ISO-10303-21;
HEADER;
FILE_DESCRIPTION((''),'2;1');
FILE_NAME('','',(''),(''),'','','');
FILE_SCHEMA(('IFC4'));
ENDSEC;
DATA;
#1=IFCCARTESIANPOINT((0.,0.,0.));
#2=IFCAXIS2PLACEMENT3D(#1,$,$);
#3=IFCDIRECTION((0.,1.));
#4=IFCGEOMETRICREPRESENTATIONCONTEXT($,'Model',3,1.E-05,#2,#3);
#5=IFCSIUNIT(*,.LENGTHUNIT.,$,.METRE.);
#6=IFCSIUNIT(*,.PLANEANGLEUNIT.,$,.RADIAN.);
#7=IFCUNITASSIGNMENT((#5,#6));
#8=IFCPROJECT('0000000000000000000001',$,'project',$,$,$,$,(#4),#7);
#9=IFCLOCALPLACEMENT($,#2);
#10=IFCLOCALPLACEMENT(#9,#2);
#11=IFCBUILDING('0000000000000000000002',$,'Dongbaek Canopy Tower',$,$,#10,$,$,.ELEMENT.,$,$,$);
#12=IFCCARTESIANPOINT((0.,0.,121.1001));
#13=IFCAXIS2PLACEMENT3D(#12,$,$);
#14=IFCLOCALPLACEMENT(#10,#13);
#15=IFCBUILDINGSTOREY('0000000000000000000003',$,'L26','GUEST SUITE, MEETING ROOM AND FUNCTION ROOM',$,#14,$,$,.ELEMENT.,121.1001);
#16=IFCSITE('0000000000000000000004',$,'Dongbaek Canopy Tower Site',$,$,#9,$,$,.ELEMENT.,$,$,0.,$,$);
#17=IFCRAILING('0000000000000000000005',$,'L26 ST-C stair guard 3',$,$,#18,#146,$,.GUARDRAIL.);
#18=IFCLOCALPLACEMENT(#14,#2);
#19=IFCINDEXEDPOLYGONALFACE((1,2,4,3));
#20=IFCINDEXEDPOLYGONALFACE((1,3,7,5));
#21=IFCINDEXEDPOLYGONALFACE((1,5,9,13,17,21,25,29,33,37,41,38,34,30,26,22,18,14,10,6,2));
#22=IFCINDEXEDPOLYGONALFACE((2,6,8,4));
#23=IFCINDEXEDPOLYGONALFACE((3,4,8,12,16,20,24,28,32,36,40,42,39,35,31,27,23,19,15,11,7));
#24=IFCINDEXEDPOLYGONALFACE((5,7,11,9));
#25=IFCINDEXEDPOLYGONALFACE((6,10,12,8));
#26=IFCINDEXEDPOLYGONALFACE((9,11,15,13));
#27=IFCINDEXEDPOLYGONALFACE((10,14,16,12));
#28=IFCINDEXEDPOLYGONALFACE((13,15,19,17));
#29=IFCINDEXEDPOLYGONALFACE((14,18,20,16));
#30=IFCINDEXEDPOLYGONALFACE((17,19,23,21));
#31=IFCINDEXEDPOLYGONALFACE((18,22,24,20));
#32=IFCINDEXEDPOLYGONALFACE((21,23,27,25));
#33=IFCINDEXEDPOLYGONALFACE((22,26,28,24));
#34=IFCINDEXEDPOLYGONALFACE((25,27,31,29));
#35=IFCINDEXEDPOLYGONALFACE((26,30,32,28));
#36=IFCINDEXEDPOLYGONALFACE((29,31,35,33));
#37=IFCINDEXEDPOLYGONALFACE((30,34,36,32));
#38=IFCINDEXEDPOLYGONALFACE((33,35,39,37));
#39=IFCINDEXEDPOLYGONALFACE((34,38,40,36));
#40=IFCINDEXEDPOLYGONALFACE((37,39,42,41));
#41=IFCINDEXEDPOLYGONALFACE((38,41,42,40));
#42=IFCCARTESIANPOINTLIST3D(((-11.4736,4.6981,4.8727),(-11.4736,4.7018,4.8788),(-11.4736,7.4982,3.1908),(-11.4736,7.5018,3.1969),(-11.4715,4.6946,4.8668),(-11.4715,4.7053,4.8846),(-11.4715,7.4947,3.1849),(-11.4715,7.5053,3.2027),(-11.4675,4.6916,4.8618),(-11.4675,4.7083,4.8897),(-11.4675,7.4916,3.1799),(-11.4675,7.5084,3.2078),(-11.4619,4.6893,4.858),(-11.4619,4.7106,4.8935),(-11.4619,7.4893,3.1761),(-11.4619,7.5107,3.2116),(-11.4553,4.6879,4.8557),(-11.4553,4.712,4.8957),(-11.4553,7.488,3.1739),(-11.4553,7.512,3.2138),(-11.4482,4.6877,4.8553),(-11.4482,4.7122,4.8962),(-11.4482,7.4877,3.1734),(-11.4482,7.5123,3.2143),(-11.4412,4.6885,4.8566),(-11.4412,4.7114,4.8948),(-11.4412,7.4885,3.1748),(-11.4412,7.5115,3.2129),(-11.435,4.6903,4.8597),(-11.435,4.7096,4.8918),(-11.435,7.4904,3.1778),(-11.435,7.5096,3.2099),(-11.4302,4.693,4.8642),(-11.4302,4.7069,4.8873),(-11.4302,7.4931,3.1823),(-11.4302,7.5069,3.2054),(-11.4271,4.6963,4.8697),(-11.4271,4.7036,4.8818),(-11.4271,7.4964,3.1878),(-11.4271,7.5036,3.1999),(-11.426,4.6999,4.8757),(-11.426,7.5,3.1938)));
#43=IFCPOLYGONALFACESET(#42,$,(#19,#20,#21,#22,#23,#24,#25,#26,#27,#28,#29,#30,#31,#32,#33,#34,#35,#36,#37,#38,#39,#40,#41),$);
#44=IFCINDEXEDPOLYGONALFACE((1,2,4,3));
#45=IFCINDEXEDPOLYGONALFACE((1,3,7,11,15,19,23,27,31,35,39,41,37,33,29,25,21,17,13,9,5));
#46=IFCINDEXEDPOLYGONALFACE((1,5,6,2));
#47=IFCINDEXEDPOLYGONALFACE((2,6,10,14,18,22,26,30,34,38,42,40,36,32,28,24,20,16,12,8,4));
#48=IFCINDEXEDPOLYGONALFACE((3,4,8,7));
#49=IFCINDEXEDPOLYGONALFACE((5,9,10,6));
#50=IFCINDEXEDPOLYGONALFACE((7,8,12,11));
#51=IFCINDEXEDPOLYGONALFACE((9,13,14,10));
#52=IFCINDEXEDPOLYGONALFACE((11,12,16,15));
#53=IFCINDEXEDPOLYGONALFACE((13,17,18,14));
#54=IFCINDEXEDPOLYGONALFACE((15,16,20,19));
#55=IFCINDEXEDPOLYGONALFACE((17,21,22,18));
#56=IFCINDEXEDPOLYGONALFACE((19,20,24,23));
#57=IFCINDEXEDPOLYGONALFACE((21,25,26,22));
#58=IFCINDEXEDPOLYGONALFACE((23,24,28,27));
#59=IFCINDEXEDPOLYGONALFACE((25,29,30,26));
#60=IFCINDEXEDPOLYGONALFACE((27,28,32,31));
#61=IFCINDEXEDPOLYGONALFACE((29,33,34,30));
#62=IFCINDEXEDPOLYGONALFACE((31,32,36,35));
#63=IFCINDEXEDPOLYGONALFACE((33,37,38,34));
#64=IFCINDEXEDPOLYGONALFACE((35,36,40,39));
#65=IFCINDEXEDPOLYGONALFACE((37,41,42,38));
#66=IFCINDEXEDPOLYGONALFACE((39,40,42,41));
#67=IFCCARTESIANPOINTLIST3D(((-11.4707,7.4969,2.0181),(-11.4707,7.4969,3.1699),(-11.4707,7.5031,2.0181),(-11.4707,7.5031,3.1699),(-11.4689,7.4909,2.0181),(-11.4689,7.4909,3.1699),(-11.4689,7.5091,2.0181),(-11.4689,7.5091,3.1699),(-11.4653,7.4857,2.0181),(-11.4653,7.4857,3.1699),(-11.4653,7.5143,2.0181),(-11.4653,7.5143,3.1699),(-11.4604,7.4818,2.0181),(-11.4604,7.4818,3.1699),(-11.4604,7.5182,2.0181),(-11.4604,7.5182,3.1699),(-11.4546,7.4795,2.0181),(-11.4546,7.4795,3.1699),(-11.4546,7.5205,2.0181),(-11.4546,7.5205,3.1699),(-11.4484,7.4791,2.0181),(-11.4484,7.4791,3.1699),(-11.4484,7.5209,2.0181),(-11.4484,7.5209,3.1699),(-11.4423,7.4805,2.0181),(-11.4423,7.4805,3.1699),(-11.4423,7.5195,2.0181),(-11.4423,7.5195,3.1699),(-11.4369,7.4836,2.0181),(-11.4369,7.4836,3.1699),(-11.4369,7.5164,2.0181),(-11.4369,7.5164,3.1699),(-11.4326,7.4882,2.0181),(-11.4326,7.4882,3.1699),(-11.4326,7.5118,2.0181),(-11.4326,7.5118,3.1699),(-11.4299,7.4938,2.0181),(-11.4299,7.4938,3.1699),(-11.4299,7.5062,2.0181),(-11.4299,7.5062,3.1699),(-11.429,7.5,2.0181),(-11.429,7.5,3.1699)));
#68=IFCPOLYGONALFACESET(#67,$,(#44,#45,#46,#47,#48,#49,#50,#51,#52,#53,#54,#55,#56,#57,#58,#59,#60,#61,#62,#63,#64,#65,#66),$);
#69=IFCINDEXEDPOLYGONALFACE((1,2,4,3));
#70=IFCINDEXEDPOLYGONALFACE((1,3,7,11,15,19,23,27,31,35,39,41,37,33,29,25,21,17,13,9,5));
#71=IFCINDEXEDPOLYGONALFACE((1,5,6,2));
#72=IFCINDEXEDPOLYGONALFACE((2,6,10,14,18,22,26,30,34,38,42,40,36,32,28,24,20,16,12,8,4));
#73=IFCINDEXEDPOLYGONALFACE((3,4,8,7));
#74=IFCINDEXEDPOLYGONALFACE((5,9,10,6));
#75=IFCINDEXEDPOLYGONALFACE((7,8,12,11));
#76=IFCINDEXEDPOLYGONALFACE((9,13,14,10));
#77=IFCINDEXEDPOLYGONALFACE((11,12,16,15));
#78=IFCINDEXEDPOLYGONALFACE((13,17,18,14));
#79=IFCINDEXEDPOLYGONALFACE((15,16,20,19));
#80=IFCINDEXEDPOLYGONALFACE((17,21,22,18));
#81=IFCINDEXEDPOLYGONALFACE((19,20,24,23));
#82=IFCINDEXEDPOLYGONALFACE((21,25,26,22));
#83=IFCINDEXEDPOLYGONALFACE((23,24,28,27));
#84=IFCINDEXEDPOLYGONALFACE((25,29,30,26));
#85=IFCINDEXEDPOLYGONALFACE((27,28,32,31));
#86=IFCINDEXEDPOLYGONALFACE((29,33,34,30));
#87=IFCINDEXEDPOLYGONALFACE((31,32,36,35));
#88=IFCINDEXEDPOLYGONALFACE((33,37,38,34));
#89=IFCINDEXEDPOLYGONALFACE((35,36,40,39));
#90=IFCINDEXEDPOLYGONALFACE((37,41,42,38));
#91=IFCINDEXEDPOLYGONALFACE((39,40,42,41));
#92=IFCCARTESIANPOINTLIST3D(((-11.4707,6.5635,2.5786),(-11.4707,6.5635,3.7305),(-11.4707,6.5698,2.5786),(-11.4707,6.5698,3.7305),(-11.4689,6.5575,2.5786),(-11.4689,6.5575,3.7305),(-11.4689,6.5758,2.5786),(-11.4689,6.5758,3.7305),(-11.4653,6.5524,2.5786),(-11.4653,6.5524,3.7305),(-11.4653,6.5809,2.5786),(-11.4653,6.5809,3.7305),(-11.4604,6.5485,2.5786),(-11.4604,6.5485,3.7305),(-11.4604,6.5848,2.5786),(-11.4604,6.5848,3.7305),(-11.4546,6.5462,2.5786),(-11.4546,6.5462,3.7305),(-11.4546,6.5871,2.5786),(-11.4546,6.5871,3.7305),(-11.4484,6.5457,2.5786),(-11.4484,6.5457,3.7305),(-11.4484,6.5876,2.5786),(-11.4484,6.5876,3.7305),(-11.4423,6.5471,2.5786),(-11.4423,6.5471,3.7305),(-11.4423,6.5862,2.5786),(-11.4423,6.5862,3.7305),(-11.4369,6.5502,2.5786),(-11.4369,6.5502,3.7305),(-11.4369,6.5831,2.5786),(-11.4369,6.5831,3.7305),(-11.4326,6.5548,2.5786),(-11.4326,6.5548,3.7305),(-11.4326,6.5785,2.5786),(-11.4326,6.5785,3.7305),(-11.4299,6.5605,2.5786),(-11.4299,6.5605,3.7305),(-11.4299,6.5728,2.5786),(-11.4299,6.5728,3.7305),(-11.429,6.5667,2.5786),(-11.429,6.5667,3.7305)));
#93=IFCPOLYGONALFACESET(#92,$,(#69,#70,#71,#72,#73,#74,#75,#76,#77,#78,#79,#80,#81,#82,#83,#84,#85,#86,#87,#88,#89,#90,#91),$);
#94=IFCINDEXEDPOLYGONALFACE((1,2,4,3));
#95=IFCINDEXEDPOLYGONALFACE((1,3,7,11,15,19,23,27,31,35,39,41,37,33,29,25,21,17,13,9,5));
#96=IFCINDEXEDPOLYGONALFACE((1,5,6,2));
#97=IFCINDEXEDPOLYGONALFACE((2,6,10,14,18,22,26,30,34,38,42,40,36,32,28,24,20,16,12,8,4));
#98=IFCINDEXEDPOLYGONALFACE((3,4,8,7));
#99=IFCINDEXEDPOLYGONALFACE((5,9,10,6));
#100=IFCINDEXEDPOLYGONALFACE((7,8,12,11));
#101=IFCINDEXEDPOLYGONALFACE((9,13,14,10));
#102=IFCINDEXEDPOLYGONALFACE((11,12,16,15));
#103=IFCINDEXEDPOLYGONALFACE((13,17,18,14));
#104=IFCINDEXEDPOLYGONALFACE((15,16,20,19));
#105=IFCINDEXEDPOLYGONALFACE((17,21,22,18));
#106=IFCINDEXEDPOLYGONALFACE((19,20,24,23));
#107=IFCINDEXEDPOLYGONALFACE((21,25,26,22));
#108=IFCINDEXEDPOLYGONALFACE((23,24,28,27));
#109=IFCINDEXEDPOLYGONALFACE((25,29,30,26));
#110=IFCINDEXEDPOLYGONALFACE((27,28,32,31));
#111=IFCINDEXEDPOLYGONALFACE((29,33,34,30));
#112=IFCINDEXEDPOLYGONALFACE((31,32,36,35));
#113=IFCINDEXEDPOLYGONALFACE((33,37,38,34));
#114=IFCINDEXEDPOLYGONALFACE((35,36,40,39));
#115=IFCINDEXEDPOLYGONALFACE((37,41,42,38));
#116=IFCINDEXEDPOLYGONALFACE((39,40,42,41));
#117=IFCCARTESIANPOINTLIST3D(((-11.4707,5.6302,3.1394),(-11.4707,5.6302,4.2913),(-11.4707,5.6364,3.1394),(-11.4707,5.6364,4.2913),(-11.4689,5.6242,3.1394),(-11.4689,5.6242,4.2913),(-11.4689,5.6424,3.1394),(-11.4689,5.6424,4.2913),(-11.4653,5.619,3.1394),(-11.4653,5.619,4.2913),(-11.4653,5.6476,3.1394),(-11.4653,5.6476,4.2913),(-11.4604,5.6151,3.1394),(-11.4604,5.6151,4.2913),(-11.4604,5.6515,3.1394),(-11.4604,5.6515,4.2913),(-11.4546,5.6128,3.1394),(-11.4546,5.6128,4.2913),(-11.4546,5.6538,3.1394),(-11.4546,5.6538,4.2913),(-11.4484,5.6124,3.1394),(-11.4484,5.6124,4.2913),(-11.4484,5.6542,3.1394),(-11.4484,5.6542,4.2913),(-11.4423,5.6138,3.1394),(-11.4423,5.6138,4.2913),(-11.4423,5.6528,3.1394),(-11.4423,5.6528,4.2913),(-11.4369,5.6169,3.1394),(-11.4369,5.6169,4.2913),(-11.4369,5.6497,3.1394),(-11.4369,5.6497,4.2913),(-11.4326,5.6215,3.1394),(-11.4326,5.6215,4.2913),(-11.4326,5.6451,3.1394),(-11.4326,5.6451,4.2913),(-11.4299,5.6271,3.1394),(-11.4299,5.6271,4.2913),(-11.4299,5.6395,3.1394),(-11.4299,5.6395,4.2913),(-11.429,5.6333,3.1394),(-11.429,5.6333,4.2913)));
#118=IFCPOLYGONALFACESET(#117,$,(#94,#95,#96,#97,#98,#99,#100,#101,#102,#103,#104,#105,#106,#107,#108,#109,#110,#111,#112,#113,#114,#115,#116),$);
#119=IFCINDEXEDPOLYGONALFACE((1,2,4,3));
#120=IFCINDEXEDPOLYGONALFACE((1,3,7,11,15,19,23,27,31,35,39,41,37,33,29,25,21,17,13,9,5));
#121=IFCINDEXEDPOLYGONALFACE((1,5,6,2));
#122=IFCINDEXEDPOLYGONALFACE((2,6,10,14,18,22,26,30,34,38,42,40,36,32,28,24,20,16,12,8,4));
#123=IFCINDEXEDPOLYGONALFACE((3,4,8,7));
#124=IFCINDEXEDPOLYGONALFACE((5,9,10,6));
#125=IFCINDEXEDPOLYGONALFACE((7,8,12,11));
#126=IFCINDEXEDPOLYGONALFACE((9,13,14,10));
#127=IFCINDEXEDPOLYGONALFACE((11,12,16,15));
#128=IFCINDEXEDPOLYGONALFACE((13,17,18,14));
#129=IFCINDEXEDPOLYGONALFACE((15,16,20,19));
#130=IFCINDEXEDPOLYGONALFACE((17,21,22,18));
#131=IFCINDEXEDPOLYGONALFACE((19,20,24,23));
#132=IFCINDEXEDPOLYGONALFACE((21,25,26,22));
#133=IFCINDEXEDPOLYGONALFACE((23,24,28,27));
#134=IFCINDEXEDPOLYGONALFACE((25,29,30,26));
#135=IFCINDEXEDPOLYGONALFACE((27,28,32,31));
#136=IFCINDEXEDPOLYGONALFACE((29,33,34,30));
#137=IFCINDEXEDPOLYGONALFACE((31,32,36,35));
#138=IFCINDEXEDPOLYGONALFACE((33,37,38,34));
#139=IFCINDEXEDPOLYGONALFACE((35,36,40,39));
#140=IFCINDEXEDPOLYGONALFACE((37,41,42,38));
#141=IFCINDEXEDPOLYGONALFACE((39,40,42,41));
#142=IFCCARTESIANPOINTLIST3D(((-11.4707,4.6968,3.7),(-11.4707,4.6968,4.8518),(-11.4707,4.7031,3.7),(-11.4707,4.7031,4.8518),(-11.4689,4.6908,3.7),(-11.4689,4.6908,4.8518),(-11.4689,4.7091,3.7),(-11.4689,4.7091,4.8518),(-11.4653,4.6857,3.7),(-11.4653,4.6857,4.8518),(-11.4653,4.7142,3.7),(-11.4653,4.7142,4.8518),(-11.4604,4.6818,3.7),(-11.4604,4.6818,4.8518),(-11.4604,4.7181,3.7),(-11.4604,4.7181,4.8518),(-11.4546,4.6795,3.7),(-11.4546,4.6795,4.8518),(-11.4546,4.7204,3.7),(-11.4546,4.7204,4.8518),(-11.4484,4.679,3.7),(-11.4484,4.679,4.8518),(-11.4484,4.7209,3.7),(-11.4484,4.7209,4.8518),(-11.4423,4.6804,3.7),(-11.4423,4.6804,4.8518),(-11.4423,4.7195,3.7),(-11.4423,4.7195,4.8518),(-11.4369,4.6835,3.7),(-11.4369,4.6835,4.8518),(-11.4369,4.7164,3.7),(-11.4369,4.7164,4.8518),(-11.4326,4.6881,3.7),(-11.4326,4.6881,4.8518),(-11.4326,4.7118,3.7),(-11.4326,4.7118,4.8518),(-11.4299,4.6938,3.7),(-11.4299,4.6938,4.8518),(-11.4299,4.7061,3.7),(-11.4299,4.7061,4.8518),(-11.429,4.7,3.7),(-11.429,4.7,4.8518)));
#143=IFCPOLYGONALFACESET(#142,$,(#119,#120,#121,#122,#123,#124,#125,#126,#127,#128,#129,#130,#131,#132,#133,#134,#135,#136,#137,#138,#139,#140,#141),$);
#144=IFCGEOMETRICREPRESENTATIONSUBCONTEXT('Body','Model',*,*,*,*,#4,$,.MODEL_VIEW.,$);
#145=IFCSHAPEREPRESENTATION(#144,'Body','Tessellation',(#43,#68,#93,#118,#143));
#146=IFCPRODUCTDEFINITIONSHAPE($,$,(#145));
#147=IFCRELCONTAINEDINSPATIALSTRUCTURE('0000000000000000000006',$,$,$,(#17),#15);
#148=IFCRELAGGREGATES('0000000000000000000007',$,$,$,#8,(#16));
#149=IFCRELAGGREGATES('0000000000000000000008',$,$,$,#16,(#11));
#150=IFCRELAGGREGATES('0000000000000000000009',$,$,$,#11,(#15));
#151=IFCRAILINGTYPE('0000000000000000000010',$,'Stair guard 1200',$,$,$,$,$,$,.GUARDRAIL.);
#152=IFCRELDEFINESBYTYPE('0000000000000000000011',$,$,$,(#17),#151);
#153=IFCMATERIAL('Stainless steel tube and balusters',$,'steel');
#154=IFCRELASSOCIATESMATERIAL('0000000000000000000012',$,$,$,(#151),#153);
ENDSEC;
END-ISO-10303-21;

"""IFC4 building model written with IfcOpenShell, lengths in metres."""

from ifc_helpers import new_model, si_unit, direction, frame, origin, origin_2d, place, context, subcontext, project, spatial, circle, extrude, material, type_object, element, save


model = new_model("IFC4")

# Units and contexts
model_context = context("Model", 3, precision=1e-05, world=origin(), true_north=direction((0.0, 1.0)))
body_context = subcontext(model_context, "Body", "Model", "MODEL_VIEW")
ifc_project = project(units=[si_unit("LENGTHUNIT", "METRE"), si_unit("PLANEANGLEUNIT", "RADIAN")], contexts=[model_context])

# Site, building, storey
site_placement = place(None, origin())
site = spatial("IfcSite", under=ifc_project, at=site_placement, Name="Dongbaek Canopy Tower Site", CompositionType="ELEMENT", RefElevation=0.0)
building_placement = place(site_placement, origin())
building = spatial("IfcBuilding", under=site, at=building_placement, Name="Dongbaek Canopy Tower", CompositionType="ELEMENT")
storey_placement = place(building_placement, frame((0.0, 0.0, 121.1001)))
storey = spatial("IfcBuildingStorey", under=building, at=storey_placement, Name="L26", Description="GUEST SUITE, MEETING ROOM AND FUNCTION ROOM", CompositionType="ELEMENT", Elevation=121.1001)

# Railing
ifc_material_1 = material(Name="Stainless steel tube and balusters", Category="steel")
railing_type = type_object("IfcRailingType", Name="Stair guard 1200", PredefinedType="GUARDRAIL", material=ifc_material_1)
railing_1_placement = place(storey_placement, frame((-11.45, 7.5, 2.0181)))
element("IfcRailing", 1, at=railing_1_placement, inside=storey, type_object=railing_type, Name="L26 ST-C stair guard 3", PredefinedType="GUARDRAIL", context=body_context, shape_type="SweptSolid", body=[
    extrude(circle(Radius=0.0239, at=origin_2d()), frame((0.0, 0.0, 1.1758), z_axis=(0.0, -0.857242, 0.514913), x_axis=(1.0, 0.0, 0.0)), (0.0, 0.0, 1.0), 3.2664),
    extrude(circle(Radius=0.021, at=origin_2d()), origin(), (0.0, 0.0, 1.0), 1.1519),
    extrude(circle(Radius=0.021, at=origin_2d()), frame((0.0, -0.9333, 0.5605)), (0.0, 0.0, 1.0), 1.1519),
    extrude(circle(Radius=0.021, at=origin_2d()), frame((0.0, -1.8667, 1.1213)), (0.0, 0.0, 1.0), 1.1519),
    extrude(circle(Radius=0.021, at=origin_2d()), frame((0.0, -2.8, 1.6819)), (0.0, 0.0, 1.0), 1.1519),
])

save(model, "model.ifc")
